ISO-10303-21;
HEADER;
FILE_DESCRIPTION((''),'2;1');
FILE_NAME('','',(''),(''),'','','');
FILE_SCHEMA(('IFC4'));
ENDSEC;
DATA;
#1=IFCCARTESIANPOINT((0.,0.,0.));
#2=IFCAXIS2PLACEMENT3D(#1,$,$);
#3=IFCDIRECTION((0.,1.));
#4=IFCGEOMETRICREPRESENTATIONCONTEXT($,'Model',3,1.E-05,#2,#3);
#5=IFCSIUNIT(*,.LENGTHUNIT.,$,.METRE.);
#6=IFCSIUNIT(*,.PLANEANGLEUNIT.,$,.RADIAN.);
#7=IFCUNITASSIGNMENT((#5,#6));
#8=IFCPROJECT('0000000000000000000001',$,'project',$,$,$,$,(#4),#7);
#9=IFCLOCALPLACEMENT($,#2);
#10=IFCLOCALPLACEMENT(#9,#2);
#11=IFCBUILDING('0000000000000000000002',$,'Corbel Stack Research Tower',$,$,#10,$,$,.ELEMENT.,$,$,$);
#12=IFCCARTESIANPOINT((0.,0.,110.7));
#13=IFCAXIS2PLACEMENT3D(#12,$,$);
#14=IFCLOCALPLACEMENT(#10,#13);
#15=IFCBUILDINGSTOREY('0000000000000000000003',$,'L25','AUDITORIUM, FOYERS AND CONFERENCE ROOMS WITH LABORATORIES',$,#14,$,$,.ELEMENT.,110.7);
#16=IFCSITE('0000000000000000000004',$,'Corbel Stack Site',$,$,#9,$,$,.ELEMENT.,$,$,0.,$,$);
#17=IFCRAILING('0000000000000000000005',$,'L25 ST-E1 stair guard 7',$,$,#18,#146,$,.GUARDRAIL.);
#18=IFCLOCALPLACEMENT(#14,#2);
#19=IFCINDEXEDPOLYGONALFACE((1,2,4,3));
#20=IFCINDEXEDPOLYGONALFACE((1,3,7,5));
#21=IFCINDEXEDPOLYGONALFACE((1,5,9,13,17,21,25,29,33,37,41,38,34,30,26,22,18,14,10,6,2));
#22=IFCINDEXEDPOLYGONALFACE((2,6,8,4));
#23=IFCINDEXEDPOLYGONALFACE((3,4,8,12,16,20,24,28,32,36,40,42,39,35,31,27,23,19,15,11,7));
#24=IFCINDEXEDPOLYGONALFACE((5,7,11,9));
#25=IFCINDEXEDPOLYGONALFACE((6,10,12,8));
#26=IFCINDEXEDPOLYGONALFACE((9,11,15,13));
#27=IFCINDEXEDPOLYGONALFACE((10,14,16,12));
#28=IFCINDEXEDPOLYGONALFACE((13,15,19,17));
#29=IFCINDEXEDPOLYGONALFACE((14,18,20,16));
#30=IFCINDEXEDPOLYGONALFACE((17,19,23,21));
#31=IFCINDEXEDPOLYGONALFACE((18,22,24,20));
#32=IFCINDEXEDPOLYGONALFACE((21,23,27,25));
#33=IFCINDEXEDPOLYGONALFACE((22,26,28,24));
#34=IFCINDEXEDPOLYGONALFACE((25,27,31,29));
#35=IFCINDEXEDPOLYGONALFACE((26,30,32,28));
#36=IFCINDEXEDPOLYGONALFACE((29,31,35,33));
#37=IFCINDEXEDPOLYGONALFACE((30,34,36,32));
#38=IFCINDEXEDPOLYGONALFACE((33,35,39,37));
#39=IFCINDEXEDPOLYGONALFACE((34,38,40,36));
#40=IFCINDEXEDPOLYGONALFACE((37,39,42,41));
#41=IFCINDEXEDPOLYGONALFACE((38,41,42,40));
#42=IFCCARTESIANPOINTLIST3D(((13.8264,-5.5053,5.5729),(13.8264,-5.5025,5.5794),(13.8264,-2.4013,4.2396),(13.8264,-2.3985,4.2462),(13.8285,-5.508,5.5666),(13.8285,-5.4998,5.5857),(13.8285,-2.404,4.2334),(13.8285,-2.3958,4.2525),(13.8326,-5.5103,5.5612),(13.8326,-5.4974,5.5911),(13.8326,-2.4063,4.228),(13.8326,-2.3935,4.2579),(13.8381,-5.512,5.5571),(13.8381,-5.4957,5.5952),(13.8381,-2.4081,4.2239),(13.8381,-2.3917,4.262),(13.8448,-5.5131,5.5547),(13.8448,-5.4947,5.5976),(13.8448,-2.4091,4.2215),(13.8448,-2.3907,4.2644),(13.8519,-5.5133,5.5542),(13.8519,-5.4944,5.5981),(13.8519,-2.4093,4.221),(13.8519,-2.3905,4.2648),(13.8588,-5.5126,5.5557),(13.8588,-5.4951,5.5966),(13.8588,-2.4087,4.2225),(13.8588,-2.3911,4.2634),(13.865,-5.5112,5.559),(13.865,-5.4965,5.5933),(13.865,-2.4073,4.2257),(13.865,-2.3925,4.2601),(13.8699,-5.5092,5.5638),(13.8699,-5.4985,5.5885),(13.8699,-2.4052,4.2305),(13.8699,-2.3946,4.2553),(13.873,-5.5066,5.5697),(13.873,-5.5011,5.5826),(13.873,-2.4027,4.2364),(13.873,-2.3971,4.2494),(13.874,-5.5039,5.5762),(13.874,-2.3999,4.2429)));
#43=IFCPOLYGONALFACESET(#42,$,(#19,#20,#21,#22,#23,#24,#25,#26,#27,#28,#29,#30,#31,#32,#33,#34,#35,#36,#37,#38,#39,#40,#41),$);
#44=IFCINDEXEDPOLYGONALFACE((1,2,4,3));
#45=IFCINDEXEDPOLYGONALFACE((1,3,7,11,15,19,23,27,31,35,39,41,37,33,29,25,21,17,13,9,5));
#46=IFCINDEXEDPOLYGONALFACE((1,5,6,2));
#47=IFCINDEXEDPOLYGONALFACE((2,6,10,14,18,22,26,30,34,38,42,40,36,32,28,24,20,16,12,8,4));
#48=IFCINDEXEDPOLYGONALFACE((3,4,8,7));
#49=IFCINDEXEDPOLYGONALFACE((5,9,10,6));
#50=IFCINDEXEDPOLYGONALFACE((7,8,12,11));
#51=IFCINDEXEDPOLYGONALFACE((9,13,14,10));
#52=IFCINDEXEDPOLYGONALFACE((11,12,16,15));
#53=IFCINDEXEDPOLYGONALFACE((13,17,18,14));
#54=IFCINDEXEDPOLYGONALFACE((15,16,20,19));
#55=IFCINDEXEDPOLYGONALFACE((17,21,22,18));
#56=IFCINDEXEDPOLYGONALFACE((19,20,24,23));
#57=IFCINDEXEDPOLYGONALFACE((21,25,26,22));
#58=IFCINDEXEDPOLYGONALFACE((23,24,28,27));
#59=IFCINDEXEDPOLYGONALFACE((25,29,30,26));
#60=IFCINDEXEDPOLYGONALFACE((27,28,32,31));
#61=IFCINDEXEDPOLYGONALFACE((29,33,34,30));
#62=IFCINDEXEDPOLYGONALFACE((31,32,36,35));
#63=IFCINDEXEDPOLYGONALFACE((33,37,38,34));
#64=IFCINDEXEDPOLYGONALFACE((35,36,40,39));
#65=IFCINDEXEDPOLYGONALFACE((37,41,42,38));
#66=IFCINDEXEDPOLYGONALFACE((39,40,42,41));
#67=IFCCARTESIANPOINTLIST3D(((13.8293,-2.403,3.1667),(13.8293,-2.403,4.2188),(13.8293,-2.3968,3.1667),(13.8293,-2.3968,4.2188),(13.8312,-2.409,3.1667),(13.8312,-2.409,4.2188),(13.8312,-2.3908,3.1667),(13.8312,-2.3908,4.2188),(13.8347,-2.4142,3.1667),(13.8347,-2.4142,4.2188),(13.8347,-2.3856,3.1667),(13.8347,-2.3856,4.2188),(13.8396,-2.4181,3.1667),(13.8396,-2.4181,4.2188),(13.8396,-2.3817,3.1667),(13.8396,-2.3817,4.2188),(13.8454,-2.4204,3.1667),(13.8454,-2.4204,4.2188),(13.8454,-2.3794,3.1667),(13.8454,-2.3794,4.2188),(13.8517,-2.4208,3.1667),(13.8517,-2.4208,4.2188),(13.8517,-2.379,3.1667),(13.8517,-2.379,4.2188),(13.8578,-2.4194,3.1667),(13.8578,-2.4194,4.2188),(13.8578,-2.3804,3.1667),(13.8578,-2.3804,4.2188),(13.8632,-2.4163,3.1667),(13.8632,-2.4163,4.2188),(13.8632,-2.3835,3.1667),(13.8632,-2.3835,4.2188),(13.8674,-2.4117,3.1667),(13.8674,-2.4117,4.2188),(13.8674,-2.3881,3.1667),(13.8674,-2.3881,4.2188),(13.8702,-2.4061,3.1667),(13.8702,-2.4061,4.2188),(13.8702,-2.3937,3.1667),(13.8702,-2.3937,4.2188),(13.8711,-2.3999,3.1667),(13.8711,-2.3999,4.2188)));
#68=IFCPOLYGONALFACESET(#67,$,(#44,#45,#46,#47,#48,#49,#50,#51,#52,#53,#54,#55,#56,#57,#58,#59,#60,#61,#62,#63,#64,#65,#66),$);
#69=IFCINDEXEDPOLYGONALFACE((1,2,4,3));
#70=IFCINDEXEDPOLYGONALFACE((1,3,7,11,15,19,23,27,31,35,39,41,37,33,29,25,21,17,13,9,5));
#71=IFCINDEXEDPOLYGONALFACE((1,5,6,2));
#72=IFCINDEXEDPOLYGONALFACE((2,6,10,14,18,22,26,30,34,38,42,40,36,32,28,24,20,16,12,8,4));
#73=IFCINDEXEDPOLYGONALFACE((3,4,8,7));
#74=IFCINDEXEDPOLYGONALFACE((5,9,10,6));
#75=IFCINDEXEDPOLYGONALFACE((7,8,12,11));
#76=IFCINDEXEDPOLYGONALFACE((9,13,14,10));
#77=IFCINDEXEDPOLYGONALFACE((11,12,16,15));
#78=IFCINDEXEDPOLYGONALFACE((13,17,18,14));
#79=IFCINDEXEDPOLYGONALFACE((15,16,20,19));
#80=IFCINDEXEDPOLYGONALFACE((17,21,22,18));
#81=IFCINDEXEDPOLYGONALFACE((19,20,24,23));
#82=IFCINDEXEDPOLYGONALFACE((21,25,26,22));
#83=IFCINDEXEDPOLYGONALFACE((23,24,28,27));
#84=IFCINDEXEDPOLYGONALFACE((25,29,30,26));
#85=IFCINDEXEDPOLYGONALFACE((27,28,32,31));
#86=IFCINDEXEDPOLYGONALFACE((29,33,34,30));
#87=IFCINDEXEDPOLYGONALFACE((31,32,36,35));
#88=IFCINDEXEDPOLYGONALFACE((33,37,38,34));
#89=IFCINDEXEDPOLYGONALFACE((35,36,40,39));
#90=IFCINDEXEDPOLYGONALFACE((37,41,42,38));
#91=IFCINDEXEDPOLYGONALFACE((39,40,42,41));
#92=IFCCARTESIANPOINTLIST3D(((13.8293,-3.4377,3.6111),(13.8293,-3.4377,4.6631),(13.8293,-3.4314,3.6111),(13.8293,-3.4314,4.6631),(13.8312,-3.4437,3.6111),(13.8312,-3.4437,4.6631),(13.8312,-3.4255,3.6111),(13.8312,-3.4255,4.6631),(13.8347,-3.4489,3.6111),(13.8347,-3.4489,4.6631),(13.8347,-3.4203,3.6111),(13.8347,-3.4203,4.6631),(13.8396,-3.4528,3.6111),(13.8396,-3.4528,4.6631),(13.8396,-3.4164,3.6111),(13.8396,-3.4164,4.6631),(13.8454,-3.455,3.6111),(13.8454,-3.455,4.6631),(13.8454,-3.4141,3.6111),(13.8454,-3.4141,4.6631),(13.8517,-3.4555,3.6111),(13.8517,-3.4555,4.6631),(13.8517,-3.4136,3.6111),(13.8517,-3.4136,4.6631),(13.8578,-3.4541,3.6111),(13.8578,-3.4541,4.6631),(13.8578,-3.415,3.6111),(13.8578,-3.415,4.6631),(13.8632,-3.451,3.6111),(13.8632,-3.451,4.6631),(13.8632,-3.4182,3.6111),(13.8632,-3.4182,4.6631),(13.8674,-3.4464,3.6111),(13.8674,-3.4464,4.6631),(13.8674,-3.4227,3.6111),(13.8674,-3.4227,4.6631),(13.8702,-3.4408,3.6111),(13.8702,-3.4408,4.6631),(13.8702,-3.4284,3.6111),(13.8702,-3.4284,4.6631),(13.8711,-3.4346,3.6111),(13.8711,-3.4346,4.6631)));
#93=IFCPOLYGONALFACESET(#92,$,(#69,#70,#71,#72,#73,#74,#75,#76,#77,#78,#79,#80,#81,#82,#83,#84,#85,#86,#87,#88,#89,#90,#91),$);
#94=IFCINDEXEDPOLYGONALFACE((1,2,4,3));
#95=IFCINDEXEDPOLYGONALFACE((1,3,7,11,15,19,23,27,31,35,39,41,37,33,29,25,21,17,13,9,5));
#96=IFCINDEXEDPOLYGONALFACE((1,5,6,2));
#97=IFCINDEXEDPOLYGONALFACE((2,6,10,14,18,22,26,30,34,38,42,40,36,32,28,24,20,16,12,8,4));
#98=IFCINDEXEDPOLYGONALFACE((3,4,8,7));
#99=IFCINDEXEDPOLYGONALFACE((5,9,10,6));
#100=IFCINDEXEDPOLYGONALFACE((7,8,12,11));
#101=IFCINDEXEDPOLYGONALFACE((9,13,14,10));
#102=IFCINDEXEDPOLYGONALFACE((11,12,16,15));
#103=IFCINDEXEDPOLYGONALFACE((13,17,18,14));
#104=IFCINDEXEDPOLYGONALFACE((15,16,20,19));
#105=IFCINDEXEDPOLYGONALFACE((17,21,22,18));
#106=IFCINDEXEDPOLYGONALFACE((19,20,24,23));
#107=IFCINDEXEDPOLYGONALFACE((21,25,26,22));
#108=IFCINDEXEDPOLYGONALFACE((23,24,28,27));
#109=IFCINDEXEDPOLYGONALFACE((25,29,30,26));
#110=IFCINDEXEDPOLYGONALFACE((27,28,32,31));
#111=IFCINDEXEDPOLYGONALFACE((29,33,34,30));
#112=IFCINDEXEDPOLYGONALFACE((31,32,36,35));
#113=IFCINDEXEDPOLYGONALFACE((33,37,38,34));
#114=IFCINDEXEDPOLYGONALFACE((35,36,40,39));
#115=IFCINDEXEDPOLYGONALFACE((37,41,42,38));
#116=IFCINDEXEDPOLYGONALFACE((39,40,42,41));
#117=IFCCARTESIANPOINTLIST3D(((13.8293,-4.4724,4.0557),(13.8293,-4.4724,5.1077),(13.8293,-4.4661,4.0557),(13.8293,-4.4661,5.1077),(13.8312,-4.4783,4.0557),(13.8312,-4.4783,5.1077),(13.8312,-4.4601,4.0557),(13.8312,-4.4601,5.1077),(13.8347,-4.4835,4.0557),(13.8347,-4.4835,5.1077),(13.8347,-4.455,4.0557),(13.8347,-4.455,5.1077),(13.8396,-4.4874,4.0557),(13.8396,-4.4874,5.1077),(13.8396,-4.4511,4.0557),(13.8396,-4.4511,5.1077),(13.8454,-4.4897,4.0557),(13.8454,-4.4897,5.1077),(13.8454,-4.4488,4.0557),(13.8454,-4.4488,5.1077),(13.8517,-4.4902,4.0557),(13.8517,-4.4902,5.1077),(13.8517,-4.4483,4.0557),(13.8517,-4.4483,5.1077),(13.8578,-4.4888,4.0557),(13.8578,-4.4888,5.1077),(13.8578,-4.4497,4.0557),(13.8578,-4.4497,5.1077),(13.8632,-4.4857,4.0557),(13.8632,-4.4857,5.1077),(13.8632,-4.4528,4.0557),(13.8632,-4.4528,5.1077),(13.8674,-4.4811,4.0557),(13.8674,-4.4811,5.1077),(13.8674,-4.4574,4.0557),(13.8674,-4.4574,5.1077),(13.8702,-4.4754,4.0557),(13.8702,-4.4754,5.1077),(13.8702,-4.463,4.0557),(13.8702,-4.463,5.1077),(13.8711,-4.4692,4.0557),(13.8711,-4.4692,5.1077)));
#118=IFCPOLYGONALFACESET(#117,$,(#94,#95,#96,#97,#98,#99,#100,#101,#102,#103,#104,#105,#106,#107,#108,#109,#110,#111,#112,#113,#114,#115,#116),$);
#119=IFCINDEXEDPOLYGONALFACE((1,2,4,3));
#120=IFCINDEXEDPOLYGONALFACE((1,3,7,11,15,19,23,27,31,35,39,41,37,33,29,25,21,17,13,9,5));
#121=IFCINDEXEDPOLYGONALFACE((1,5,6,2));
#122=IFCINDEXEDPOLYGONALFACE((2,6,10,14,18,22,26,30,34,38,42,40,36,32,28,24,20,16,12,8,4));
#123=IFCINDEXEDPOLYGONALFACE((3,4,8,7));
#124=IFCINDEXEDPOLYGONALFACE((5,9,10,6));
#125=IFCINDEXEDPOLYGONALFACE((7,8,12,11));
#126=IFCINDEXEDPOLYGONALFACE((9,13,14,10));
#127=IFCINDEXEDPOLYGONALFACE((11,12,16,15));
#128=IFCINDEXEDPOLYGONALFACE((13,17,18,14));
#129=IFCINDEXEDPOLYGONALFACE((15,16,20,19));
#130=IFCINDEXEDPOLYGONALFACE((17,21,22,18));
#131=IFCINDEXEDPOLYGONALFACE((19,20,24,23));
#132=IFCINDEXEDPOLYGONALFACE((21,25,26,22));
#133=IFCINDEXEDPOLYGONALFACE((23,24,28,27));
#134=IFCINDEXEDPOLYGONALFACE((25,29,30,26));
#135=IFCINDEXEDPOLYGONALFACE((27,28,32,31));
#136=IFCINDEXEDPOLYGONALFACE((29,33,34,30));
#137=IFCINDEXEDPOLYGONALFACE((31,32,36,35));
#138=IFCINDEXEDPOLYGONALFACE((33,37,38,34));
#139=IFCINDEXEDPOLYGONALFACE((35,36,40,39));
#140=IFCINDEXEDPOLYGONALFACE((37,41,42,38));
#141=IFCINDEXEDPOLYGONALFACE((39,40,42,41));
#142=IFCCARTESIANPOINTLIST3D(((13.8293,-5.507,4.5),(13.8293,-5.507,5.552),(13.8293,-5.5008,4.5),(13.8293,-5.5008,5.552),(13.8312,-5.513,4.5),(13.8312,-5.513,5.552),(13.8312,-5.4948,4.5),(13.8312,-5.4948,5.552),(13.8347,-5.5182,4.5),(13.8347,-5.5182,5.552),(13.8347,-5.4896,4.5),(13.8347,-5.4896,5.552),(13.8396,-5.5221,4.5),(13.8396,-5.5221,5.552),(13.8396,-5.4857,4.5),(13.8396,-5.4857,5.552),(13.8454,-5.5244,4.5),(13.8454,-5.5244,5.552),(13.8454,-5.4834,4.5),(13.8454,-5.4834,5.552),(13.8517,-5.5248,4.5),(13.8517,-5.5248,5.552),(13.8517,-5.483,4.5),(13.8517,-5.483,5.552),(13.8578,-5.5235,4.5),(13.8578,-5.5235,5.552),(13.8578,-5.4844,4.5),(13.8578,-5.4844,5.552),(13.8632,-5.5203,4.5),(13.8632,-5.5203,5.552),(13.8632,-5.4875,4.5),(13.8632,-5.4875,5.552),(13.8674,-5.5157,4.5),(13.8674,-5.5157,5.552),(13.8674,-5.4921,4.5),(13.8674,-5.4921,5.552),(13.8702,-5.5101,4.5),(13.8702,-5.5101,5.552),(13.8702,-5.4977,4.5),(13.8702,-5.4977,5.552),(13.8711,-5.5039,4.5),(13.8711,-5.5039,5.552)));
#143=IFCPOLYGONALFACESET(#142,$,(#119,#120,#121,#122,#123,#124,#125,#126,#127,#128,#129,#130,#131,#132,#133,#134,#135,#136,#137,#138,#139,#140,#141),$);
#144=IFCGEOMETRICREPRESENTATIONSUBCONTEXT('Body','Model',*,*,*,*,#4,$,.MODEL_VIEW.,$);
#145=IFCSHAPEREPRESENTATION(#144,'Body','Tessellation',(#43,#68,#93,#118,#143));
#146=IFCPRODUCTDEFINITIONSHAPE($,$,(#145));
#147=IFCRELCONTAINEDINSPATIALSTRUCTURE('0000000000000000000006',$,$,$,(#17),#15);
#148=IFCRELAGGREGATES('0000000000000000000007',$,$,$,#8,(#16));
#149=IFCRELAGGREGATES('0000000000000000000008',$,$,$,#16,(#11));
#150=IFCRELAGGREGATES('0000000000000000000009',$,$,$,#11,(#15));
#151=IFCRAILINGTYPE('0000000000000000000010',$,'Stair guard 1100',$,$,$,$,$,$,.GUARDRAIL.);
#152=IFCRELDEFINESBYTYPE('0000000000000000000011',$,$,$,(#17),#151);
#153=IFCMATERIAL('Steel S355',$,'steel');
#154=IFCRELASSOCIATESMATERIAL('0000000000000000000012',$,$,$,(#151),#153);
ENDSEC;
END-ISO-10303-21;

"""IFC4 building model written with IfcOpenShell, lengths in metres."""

from ifc_helpers import new_model, si_unit, direction, frame, origin, origin_2d, place, context, subcontext, project, spatial, circle, extrude, material, type_object, element, save


model = new_model("IFC4")

# Units and contexts
model_context = context("Model", 3, precision=1e-05, world=origin(), true_north=direction((0.0, 1.0)))
body_context = subcontext(model_context, "Body", "Model", "MODEL_VIEW")
ifc_project = project(units=[si_unit("LENGTHUNIT", "METRE"), si_unit("PLANEANGLEUNIT", "RADIAN")], contexts=[model_context])

# Site, building, storey
site_placement = place(None, origin())
site = spatial("IfcSite", under=ifc_project, at=site_placement, Name="Corbel Stack Site", CompositionType="ELEMENT", RefElevation=0.0)
building_placement = place(site_placement, origin())
building = spatial("IfcBuilding", under=site, at=building_placement, Name="Corbel Stack Research Tower", CompositionType="ELEMENT")
storey_placement = place(building_placement, frame((0.0, 0.0, 110.7)))
storey = spatial("IfcBuildingStorey", under=building, at=storey_placement, Name="L25", Description="AUDITORIUM, FOYERS AND CONFERENCE ROOMS WITH LABORATORIES", CompositionType="ELEMENT", Elevation=110.7)

# Railing
ifc_material_1 = material(Name="Steel S355", Category="steel")
railing_type_1 = type_object("IfcRailingType", Name="Stair guard 1100", PredefinedType="GUARDRAIL", material=ifc_material_1)
railing_1_placement = place(storey_placement, frame((13.8501, -2.3999, 3.1667)))
element("IfcRailing", 1, at=railing_1_placement, inside=storey, type_object=railing_type_1, Name="L25 ST-E1 stair guard 7", PredefinedType="GUARDRAIL", context=body_context, shape_type="SweptSolid", body=[
    extrude(circle(Radius=0.0239, at=origin_2d()), frame((0.0, 0.0, 1.0762), z_axis=(0.0, -0.918827, 0.394661), x_axis=(1.0, 0.0, 0.0)), (0.0, 0.0, 1.0), 3.3782),
    extrude(circle(Radius=0.021, at=origin_2d()), origin(), (0.0, 0.0, 1.0), 1.052),
    extrude(circle(Radius=0.021, at=origin_2d()), frame((0.0, -1.0347, 0.4443)), (0.0, 0.0, 1.0), 1.052),
    extrude(circle(Radius=0.021, at=origin_2d()), frame((0.0, -2.0693, 0.8889)), (0.0, 0.0, 1.0), 1.052),
    extrude(circle(Radius=0.021, at=origin_2d()), frame((0.0, -3.104, 1.3333)), (0.0, 0.0, 1.0), 1.052),
])

save(model, "model.ifc")
